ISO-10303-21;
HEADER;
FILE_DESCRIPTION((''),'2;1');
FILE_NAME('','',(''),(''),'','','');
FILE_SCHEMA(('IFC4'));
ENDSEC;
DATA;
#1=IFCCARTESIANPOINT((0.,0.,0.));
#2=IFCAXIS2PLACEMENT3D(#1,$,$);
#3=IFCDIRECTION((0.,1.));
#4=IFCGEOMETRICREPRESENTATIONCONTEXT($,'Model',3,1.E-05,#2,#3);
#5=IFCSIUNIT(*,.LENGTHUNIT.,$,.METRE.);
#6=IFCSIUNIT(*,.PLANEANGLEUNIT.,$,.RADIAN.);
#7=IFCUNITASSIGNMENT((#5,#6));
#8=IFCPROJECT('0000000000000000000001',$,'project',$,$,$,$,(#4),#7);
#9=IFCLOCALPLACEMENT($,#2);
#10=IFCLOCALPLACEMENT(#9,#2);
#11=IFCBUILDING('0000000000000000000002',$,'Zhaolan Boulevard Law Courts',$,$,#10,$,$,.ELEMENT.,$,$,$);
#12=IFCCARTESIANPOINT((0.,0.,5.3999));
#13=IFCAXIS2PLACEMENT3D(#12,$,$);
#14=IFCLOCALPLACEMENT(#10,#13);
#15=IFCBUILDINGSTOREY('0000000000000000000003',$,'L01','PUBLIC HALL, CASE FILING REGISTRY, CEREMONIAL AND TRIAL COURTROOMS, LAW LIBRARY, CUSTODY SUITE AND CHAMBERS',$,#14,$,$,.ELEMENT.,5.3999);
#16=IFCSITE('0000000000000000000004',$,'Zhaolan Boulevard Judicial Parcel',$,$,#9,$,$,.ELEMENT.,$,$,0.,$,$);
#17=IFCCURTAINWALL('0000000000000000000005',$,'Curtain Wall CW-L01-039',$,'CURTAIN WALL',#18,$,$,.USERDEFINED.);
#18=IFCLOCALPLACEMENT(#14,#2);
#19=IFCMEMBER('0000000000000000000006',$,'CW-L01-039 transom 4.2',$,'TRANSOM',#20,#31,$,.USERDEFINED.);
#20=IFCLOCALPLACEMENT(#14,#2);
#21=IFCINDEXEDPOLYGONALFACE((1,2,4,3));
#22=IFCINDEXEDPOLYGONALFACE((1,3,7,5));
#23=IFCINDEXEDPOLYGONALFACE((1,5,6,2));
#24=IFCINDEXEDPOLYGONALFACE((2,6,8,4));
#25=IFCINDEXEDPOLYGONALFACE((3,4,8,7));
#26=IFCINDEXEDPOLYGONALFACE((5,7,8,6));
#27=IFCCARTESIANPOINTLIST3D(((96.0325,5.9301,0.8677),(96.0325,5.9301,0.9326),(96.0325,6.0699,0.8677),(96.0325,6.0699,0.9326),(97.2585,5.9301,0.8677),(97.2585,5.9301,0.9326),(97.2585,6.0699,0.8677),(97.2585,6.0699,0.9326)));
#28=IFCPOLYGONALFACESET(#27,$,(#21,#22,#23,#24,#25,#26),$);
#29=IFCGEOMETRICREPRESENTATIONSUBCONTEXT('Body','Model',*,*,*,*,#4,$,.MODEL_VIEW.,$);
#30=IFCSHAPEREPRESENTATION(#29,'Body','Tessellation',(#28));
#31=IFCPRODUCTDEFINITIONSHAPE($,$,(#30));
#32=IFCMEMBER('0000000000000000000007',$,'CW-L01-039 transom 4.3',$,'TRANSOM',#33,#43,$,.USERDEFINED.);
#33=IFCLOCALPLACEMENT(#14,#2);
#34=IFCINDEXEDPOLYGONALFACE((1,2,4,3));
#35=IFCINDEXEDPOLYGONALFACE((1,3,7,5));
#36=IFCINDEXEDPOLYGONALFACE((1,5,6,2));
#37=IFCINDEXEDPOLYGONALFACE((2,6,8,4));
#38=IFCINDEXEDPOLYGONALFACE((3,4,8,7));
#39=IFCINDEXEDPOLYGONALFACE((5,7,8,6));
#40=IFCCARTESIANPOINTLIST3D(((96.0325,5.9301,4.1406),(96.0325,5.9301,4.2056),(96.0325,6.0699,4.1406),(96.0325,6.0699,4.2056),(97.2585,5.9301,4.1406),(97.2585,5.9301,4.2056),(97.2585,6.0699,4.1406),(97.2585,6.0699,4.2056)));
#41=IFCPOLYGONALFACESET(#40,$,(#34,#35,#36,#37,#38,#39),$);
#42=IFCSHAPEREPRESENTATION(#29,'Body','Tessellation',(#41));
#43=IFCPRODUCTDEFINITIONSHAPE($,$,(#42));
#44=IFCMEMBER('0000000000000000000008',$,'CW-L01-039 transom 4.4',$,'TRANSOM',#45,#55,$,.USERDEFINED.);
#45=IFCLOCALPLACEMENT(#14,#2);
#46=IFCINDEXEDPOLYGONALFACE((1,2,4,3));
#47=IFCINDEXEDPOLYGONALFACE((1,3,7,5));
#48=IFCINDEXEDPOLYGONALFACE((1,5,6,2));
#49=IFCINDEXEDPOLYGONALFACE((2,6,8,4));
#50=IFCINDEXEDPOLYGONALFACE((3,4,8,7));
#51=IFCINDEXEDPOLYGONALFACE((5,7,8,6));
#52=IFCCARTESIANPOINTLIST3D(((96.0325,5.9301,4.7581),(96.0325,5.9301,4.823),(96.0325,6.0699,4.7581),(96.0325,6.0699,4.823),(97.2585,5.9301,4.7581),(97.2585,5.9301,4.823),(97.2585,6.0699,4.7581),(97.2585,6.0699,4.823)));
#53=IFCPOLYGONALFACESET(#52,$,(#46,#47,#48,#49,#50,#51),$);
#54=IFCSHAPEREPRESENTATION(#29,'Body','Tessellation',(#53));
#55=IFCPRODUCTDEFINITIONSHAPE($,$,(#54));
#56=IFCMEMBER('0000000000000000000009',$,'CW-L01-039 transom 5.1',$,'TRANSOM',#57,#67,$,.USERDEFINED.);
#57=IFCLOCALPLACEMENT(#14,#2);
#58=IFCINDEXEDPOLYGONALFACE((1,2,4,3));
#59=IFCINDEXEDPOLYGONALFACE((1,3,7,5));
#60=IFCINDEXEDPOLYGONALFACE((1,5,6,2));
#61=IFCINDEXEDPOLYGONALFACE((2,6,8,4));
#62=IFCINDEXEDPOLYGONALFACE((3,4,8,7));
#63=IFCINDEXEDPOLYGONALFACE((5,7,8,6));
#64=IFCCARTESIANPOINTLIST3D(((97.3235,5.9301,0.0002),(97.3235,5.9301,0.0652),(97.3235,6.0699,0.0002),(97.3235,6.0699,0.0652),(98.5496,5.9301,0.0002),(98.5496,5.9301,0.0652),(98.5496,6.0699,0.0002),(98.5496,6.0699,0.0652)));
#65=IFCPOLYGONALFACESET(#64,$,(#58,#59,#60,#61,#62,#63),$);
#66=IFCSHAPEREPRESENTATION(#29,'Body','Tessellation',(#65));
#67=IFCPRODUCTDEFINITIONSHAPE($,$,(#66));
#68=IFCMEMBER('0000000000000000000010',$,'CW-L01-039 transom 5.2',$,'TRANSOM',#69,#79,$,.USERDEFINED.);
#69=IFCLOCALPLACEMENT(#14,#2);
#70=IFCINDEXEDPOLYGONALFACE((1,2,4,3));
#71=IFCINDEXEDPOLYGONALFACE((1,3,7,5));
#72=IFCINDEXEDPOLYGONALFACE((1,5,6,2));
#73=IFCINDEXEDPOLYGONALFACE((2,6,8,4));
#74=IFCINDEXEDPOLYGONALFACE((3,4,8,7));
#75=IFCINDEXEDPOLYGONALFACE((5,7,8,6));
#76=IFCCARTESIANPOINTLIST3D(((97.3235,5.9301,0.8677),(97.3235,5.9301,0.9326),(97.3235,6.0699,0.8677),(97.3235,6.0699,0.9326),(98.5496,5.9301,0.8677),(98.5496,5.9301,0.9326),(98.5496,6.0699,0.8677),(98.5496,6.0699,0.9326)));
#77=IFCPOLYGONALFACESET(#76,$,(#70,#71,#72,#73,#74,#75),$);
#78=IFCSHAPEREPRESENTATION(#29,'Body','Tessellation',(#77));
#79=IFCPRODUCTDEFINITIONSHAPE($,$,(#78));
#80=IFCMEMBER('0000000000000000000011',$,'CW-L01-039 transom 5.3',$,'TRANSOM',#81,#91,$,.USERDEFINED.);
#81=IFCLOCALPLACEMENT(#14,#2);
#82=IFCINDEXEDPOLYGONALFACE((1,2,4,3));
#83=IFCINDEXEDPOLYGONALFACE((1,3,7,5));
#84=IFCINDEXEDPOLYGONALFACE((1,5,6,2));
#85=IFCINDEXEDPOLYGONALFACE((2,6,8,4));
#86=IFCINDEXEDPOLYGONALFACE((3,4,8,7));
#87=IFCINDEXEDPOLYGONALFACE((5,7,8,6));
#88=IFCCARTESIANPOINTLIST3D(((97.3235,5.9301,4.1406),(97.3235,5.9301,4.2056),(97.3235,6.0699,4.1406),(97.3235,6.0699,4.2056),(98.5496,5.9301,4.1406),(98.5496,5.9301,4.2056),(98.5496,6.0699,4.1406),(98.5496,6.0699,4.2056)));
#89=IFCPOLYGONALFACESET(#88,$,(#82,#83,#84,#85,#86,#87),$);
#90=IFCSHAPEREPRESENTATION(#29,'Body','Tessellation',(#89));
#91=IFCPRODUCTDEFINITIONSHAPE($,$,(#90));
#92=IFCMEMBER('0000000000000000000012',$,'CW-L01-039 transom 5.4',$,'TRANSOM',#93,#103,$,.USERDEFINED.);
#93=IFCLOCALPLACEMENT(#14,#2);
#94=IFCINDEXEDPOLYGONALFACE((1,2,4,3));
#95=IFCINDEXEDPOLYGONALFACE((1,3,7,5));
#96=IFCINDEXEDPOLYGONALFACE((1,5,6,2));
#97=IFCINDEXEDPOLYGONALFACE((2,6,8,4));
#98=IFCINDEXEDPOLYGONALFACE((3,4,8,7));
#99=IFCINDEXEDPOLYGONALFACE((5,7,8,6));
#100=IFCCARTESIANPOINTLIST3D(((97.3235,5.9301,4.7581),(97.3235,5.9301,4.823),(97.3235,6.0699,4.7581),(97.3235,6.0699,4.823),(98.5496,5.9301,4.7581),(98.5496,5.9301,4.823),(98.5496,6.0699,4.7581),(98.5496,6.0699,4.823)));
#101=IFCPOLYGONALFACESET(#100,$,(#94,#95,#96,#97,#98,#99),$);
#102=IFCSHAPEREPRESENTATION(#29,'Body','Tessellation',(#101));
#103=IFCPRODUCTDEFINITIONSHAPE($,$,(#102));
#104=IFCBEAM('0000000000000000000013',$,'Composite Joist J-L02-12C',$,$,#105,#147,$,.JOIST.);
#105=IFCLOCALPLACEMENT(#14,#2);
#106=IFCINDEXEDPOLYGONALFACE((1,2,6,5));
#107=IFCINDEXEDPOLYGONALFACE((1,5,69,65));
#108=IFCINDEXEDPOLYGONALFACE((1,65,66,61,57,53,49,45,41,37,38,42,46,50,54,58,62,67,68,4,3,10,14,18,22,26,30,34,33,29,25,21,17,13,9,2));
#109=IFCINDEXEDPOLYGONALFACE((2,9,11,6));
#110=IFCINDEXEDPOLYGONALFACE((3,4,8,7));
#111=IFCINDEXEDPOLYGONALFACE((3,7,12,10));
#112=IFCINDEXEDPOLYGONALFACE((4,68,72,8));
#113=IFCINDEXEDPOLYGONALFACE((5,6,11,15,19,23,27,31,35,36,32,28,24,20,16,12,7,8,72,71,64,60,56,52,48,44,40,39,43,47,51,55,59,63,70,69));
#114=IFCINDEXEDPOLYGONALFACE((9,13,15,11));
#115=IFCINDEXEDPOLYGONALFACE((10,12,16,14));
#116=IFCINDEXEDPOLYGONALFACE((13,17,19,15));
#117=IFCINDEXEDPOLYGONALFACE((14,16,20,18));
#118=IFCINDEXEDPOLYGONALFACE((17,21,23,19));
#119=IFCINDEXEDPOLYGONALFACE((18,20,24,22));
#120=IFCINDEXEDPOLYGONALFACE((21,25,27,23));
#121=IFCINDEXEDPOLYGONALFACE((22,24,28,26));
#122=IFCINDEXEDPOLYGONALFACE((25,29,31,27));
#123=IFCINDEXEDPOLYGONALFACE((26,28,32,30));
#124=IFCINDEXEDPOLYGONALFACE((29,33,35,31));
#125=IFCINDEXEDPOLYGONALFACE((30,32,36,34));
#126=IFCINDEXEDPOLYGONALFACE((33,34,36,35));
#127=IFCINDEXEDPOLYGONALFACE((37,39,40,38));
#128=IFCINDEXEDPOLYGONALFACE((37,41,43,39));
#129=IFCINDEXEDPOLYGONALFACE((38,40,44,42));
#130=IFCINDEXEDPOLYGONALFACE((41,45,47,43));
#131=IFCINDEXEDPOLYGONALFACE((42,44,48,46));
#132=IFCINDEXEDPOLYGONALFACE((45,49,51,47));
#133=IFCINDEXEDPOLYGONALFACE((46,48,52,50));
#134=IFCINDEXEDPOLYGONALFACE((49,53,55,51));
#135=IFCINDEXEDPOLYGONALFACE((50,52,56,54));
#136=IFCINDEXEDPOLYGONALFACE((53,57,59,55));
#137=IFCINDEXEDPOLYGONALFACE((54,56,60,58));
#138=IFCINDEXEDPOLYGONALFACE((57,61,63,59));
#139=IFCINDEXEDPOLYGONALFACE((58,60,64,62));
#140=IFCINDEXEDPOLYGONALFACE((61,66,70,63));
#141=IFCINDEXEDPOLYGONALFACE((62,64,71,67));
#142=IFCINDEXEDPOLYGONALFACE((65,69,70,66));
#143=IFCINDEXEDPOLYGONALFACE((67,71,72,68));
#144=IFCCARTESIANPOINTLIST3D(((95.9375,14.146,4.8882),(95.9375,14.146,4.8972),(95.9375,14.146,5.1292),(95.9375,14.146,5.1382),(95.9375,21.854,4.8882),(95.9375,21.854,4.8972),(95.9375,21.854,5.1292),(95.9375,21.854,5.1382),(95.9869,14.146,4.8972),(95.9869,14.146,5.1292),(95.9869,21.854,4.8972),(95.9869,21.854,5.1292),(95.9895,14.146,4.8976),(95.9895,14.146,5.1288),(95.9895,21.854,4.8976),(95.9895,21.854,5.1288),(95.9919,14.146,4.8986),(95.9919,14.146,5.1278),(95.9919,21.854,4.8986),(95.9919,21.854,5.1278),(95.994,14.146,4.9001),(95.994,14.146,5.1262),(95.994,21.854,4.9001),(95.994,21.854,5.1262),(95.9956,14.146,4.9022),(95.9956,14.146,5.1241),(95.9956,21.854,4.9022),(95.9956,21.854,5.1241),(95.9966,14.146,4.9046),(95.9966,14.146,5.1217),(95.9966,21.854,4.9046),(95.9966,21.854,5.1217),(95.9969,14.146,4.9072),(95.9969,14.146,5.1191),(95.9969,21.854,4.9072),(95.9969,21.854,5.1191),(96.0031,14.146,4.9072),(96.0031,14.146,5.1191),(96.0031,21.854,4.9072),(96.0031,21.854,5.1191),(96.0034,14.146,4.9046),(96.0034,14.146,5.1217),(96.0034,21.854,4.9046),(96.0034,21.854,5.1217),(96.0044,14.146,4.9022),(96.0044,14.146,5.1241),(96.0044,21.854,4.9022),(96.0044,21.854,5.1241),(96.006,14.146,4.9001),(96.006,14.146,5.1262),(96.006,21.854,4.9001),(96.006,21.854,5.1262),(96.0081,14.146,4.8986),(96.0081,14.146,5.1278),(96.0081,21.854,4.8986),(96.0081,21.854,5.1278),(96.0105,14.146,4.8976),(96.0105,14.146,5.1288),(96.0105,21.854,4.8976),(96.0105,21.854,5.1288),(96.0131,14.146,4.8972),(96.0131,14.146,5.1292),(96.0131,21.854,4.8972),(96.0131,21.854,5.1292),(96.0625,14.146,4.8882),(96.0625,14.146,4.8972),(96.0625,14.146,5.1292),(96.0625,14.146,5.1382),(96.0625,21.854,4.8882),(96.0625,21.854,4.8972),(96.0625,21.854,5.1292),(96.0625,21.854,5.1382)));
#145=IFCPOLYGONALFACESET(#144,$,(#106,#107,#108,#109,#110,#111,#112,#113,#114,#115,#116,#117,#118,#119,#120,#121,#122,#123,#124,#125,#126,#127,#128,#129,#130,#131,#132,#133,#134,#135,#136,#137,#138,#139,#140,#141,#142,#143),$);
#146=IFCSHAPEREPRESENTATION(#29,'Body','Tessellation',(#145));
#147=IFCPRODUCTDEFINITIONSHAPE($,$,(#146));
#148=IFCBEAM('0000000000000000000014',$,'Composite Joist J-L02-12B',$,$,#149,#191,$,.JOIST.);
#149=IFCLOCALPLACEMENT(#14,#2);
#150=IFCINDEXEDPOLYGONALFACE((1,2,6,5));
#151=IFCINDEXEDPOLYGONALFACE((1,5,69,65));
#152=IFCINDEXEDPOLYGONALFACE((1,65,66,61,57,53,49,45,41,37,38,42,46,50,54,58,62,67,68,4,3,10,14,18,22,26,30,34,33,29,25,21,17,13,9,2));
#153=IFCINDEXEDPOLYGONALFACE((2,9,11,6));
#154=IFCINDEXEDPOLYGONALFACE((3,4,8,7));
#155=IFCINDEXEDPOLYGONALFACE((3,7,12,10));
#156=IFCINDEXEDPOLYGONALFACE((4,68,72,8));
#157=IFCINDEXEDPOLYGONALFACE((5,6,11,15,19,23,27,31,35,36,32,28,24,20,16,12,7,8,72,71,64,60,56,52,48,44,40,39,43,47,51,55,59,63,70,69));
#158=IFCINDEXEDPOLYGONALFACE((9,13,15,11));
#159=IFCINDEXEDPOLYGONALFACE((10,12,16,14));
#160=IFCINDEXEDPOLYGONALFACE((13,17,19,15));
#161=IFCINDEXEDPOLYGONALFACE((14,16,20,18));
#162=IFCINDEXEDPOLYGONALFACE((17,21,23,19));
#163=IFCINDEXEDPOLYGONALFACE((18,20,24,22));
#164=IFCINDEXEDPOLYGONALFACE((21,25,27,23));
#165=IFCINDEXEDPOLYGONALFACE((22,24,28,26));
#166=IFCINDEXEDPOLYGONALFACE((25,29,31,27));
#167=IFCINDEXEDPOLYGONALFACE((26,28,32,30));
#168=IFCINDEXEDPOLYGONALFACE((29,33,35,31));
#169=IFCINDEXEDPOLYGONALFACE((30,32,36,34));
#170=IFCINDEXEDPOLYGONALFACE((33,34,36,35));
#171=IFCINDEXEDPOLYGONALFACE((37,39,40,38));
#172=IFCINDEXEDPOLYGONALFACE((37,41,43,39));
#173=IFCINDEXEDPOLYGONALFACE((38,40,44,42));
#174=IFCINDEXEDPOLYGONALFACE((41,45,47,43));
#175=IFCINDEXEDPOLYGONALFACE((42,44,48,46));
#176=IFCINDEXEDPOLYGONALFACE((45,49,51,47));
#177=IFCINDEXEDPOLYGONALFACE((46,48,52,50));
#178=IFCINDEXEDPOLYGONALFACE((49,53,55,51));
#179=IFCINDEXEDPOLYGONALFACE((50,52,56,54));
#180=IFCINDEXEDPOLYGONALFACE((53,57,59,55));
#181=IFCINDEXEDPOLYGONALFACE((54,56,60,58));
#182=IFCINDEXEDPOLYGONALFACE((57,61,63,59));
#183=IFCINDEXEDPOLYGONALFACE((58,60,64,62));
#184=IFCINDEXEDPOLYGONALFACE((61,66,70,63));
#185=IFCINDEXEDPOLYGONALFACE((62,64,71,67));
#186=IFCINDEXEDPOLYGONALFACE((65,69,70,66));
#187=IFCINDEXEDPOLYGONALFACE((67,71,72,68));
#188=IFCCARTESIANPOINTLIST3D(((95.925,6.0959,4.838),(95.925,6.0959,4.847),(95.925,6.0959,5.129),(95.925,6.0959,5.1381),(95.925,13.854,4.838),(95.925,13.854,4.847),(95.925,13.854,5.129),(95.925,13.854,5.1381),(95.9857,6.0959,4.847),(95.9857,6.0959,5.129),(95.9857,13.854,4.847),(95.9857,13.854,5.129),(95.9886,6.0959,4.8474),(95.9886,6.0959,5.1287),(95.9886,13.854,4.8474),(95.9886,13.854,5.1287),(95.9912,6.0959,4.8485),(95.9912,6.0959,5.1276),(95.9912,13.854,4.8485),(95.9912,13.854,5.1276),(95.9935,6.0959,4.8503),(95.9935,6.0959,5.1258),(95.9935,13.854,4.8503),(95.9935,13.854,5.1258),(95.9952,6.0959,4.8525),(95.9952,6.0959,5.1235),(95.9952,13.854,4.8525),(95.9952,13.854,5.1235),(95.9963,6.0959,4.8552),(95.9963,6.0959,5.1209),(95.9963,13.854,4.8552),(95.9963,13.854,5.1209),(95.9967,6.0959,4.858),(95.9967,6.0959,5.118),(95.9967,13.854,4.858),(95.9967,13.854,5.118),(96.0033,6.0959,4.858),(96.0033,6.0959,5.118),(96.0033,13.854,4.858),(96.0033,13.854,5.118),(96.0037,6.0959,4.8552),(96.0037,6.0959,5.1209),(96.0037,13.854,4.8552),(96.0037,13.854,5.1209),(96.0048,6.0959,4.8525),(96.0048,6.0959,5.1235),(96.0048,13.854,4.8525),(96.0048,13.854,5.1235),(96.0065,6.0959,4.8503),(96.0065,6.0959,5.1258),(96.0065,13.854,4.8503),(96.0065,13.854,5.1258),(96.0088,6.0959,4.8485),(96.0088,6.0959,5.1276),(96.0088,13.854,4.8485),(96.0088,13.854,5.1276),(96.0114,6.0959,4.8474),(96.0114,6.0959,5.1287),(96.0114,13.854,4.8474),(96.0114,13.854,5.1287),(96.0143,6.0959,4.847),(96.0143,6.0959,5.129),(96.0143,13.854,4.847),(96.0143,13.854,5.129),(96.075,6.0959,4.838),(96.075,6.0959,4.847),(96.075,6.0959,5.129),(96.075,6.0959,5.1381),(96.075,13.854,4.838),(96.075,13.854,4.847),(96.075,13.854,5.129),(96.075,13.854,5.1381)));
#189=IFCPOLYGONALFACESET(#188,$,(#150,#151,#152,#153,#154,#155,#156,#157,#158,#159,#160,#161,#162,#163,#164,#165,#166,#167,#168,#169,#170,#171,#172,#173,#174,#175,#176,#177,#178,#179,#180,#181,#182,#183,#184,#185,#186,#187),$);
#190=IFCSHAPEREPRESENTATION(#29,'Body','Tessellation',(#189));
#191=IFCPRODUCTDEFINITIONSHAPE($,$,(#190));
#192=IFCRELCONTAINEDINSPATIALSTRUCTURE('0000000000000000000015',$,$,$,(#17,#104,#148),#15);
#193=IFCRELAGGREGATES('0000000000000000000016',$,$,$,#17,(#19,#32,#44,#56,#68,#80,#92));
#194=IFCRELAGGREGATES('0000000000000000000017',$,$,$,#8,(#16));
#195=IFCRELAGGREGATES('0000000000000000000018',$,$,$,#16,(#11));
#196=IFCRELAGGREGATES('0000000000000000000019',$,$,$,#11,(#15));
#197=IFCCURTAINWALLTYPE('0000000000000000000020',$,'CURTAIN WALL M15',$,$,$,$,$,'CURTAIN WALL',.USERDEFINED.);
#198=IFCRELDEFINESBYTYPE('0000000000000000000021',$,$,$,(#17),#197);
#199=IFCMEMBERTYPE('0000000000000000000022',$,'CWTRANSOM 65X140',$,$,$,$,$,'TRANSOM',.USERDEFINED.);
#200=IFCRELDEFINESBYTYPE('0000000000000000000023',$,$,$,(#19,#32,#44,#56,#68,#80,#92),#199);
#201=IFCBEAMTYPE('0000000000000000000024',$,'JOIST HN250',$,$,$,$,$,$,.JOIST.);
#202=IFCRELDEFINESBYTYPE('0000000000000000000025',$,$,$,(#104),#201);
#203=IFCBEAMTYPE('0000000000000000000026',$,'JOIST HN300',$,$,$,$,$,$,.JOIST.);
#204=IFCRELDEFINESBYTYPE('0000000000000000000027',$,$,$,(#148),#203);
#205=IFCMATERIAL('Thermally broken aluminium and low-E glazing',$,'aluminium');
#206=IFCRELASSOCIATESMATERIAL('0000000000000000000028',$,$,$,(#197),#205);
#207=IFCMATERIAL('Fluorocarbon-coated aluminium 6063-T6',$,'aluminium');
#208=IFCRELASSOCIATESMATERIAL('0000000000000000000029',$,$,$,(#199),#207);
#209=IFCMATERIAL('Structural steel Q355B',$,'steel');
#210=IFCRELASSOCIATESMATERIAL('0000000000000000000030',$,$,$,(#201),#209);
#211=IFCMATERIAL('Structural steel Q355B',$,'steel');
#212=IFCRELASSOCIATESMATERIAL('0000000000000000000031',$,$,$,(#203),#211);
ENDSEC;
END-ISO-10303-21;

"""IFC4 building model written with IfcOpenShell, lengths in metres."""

from ifc_helpers import new_model, si_unit, direction, frame, origin, origin_2d, place, context, subcontext, project, spatial, rectangle, i_section, extrude, material, material_profile, profile_set, type_object, element, aggregate, save


model = new_model("IFC4")

# Units and contexts
model_context = context("Model", 3, precision=1e-05, world=origin(), true_north=direction((0.0, 1.0)))
body_context = subcontext(model_context, "Body", "Model", "MODEL_VIEW")
ifc_project = project(units=[si_unit("LENGTHUNIT", "METRE"), si_unit("PLANEANGLEUNIT", "RADIAN")], contexts=[model_context])

# Site, building, storey
site_placement = place(None, origin())
site = spatial("IfcSite", under=ifc_project, at=site_placement, Name="Zhaolan Boulevard Judicial Parcel", CompositionType="ELEMENT", RefElevation=0.0)
building_placement = place(site_placement, origin())
building = spatial("IfcBuilding", under=site, at=building_placement, Name="Zhaolan Boulevard Law Courts", CompositionType="ELEMENT")
storey_placement = place(building_placement, frame((0.0, 0.0, 5.3999)))
storey = spatial("IfcBuildingStorey", under=building, at=storey_placement, Name="L01", Description="PUBLIC HALL, CASE FILING REGISTRY, CEREMONIAL AND TRIAL COURTROOMS, LAW LIBRARY, CUSTODY SUITE AND CHAMBERS", CompositionType="ELEMENT", Elevation=5.3999)

# Curtain wall, members
ifc_material_1 = material(Name="Thermally broken aluminium and low-E glazing", Category="aluminium")
curtain_wall_type = type_object("IfcCurtainWallType", Name="CURTAIN WALL M15", ElementType="CURTAIN WALL", PredefinedType="USERDEFINED", material=ifc_material_1)
curtain_wall_placement = place(storey_placement, origin())
curtain_wall = element("IfcCurtainWall", 1, at=curtain_wall_placement, inside=storey, type_object=curtain_wall_type, Name="Curtain Wall CW-L01-039", ObjectType="CURTAIN WALL", PredefinedType="USERDEFINED")
ifc_material_2 = material(Name="Fluorocarbon-coated aluminium 6063-T6", Category="aluminium")
ifc_material_profile_1 = material_profile(ifc_material_2, rectangle(XDim=0.1399, YDim=0.0649, at=origin_2d()), Name="AL65x140")
ifc_profile_set_1 = profile_set([ifc_material_profile_1], Name="Fluorocarbon-coated aluminium 6063-T6")
member_type_1 = type_object("IfcMemberType", Name="CWTRANSOM 65X140", ElementType="TRANSOM", PredefinedType="USERDEFINED", material=ifc_profile_set_1)
member_1_placement = place(storey_placement, frame((96.0325, 6.0, 0.9001), z_axis=(1.0, 0.0, 0.0), x_axis=(0.0, 1.0, 0.0)))
member_1 = element("IfcMember", 2, at=member_1_placement, type_object=member_type_1, Name="CW-L01-039 transom 4.2", ObjectType="TRANSOM", PredefinedType="USERDEFINED", context=body_context, shape_type="SweptSolid", body=[
    extrude(rectangle(XDim=0.1399, YDim=0.0649, at=origin_2d()), origin(), (0.0, 0.0, 1.0), 1.2261),
])
member_2_placement = place(storey_placement, frame((96.0325, 6.0, 4.1731), z_axis=(1.0, 0.0, 0.0), x_axis=(0.0, 1.0, 0.0)))
member_2 = element("IfcMember", 3, at=member_2_placement, type_object=member_type_1, Name="CW-L01-039 transom 4.3", ObjectType="TRANSOM", PredefinedType="USERDEFINED", context=body_context, shape_type="SweptSolid", body=[
    extrude(rectangle(XDim=0.1399, YDim=0.0649, at=origin_2d()), origin(), (0.0, 0.0, 1.0), 1.2261),
])
member_3_placement = place(storey_placement, frame((96.0325, 6.0, 4.7905), z_axis=(1.0, 0.0, 0.0), x_axis=(0.0, 1.0, 0.0)))
member_3 = element("IfcMember", 4, at=member_3_placement, type_object=member_type_1, Name="CW-L01-039 transom 4.4", ObjectType="TRANSOM", PredefinedType="USERDEFINED", context=body_context, shape_type="SweptSolid", body=[
    extrude(rectangle(XDim=0.1399, YDim=0.0649, at=origin_2d()), origin(), (0.0, 0.0, 1.0), 1.2261),
])
member_4_placement = place(storey_placement, frame((97.3235, 6.0, 0.0327), z_axis=(1.0, 0.0, 0.0), x_axis=(0.0, 1.0, 0.0)))
member_4 = element("IfcMember", 5, at=member_4_placement, type_object=member_type_1, Name="CW-L01-039 transom 5.1", ObjectType="TRANSOM", PredefinedType="USERDEFINED", context=body_context, shape_type="SweptSolid", body=[
    extrude(rectangle(XDim=0.1399, YDim=0.0649, at=origin_2d()), origin(), (0.0, 0.0, 1.0), 1.2261),
])
member_5_placement = place(storey_placement, frame((97.3235, 6.0, 0.9001), z_axis=(1.0, 0.0, 0.0), x_axis=(0.0, 1.0, 0.0)))
member_5 = element("IfcMember", 6, at=member_5_placement, type_object=member_type_1, Name="CW-L01-039 transom 5.2", ObjectType="TRANSOM", PredefinedType="USERDEFINED", context=body_context, shape_type="SweptSolid", body=[
    extrude(rectangle(XDim=0.1399, YDim=0.0649, at=origin_2d()), origin(), (0.0, 0.0, 1.0), 1.2261),
])
member_6_placement = place(storey_placement, frame((97.3235, 6.0, 4.1731), z_axis=(1.0, 0.0, 0.0), x_axis=(0.0, 1.0, 0.0)))
member_6 = element("IfcMember", 7, at=member_6_placement, type_object=member_type_1, Name="CW-L01-039 transom 5.3", ObjectType="TRANSOM", PredefinedType="USERDEFINED", context=body_context, shape_type="SweptSolid", body=[
    extrude(rectangle(XDim=0.1399, YDim=0.0649, at=origin_2d()), origin(), (0.0, 0.0, 1.0), 1.2261),
])
member_7_placement = place(storey_placement, frame((97.3235, 6.0, 4.7905), z_axis=(1.0, 0.0, 0.0), x_axis=(0.0, 1.0, 0.0)))
member_7 = element("IfcMember", 8, at=member_7_placement, type_object=member_type_1, Name="CW-L01-039 transom 5.4", ObjectType="TRANSOM", PredefinedType="USERDEFINED", context=body_context, shape_type="SweptSolid", body=[
    extrude(rectangle(XDim=0.1399, YDim=0.0649, at=origin_2d()), origin(), (0.0, 0.0, 1.0), 1.2261),
])

# Beams
ifc_material_3 = material(Name="Structural steel Q355B", Category="steel")
ifc_material_profile_2 = material_profile(ifc_material_3, i_section(OverallWidth=0.125, OverallDepth=0.25, WebThickness=0.0061, FlangeThickness=0.009, FilletRadius=0.01, at=origin_2d()), Name="HN250x125")
ifc_profile_set_2 = profile_set([ifc_material_profile_2], Name="Structural steel Q355B")
beam_type_1 = type_object("IfcBeamType", Name="JOIST HN250", PredefinedType="JOIST", material=ifc_profile_set_2)
beam_1_placement = place(storey_placement, frame((96.0, 14.146, 5.0132), z_axis=(0.0, 1.0, 0.0), x_axis=(-1.0, 0.0, 0.0)))
element("IfcBeam", 9, at=beam_1_placement, inside=storey, type_object=beam_type_1, Name="Composite Joist J-L02-12C", PredefinedType="JOIST", context=body_context, shape_type="SweptSolid", body=[
    extrude(i_section(OverallWidth=0.125, OverallDepth=0.25, WebThickness=0.0061, FlangeThickness=0.009, FilletRadius=0.01, at=origin_2d()), origin(), (0.0, 0.0, 1.0), 7.708),
])
ifc_material_4 = material(Name="Structural steel Q355B", Category="steel")
ifc_material_profile_3 = material_profile(ifc_material_4, i_section(OverallWidth=0.1499, OverallDepth=0.3, WebThickness=0.0066, FlangeThickness=0.009, FilletRadius=0.011, at=origin_2d()), Name="HN300x150")
ifc_profile_set_3 = profile_set([ifc_material_profile_3], Name="Structural steel Q355B")
beam_type_2 = type_object("IfcBeamType", Name="JOIST HN300", PredefinedType="JOIST", material=ifc_profile_set_3)
beam_2_placement = place(storey_placement, frame((96.0, 6.0959, 4.988), z_axis=(0.0, 1.0, 0.0), x_axis=(-1.0, 0.0, 0.0)))
element("IfcBeam", 10, at=beam_2_placement, inside=storey, type_object=beam_type_2, Name="Composite Joist J-L02-12B", PredefinedType="JOIST", context=body_context, shape_type="SweptSolid", body=[
    extrude(i_section(OverallWidth=0.1499, OverallDepth=0.3, WebThickness=0.0066, FlangeThickness=0.009, FilletRadius=0.011, at=origin_2d()), origin(), (0.0, 0.0, 1.0), 7.7581),
])

aggregate(curtain_wall, [member_1, member_2, member_3, member_4, member_5, member_6, member_7])

save(model, "model.ifc")
